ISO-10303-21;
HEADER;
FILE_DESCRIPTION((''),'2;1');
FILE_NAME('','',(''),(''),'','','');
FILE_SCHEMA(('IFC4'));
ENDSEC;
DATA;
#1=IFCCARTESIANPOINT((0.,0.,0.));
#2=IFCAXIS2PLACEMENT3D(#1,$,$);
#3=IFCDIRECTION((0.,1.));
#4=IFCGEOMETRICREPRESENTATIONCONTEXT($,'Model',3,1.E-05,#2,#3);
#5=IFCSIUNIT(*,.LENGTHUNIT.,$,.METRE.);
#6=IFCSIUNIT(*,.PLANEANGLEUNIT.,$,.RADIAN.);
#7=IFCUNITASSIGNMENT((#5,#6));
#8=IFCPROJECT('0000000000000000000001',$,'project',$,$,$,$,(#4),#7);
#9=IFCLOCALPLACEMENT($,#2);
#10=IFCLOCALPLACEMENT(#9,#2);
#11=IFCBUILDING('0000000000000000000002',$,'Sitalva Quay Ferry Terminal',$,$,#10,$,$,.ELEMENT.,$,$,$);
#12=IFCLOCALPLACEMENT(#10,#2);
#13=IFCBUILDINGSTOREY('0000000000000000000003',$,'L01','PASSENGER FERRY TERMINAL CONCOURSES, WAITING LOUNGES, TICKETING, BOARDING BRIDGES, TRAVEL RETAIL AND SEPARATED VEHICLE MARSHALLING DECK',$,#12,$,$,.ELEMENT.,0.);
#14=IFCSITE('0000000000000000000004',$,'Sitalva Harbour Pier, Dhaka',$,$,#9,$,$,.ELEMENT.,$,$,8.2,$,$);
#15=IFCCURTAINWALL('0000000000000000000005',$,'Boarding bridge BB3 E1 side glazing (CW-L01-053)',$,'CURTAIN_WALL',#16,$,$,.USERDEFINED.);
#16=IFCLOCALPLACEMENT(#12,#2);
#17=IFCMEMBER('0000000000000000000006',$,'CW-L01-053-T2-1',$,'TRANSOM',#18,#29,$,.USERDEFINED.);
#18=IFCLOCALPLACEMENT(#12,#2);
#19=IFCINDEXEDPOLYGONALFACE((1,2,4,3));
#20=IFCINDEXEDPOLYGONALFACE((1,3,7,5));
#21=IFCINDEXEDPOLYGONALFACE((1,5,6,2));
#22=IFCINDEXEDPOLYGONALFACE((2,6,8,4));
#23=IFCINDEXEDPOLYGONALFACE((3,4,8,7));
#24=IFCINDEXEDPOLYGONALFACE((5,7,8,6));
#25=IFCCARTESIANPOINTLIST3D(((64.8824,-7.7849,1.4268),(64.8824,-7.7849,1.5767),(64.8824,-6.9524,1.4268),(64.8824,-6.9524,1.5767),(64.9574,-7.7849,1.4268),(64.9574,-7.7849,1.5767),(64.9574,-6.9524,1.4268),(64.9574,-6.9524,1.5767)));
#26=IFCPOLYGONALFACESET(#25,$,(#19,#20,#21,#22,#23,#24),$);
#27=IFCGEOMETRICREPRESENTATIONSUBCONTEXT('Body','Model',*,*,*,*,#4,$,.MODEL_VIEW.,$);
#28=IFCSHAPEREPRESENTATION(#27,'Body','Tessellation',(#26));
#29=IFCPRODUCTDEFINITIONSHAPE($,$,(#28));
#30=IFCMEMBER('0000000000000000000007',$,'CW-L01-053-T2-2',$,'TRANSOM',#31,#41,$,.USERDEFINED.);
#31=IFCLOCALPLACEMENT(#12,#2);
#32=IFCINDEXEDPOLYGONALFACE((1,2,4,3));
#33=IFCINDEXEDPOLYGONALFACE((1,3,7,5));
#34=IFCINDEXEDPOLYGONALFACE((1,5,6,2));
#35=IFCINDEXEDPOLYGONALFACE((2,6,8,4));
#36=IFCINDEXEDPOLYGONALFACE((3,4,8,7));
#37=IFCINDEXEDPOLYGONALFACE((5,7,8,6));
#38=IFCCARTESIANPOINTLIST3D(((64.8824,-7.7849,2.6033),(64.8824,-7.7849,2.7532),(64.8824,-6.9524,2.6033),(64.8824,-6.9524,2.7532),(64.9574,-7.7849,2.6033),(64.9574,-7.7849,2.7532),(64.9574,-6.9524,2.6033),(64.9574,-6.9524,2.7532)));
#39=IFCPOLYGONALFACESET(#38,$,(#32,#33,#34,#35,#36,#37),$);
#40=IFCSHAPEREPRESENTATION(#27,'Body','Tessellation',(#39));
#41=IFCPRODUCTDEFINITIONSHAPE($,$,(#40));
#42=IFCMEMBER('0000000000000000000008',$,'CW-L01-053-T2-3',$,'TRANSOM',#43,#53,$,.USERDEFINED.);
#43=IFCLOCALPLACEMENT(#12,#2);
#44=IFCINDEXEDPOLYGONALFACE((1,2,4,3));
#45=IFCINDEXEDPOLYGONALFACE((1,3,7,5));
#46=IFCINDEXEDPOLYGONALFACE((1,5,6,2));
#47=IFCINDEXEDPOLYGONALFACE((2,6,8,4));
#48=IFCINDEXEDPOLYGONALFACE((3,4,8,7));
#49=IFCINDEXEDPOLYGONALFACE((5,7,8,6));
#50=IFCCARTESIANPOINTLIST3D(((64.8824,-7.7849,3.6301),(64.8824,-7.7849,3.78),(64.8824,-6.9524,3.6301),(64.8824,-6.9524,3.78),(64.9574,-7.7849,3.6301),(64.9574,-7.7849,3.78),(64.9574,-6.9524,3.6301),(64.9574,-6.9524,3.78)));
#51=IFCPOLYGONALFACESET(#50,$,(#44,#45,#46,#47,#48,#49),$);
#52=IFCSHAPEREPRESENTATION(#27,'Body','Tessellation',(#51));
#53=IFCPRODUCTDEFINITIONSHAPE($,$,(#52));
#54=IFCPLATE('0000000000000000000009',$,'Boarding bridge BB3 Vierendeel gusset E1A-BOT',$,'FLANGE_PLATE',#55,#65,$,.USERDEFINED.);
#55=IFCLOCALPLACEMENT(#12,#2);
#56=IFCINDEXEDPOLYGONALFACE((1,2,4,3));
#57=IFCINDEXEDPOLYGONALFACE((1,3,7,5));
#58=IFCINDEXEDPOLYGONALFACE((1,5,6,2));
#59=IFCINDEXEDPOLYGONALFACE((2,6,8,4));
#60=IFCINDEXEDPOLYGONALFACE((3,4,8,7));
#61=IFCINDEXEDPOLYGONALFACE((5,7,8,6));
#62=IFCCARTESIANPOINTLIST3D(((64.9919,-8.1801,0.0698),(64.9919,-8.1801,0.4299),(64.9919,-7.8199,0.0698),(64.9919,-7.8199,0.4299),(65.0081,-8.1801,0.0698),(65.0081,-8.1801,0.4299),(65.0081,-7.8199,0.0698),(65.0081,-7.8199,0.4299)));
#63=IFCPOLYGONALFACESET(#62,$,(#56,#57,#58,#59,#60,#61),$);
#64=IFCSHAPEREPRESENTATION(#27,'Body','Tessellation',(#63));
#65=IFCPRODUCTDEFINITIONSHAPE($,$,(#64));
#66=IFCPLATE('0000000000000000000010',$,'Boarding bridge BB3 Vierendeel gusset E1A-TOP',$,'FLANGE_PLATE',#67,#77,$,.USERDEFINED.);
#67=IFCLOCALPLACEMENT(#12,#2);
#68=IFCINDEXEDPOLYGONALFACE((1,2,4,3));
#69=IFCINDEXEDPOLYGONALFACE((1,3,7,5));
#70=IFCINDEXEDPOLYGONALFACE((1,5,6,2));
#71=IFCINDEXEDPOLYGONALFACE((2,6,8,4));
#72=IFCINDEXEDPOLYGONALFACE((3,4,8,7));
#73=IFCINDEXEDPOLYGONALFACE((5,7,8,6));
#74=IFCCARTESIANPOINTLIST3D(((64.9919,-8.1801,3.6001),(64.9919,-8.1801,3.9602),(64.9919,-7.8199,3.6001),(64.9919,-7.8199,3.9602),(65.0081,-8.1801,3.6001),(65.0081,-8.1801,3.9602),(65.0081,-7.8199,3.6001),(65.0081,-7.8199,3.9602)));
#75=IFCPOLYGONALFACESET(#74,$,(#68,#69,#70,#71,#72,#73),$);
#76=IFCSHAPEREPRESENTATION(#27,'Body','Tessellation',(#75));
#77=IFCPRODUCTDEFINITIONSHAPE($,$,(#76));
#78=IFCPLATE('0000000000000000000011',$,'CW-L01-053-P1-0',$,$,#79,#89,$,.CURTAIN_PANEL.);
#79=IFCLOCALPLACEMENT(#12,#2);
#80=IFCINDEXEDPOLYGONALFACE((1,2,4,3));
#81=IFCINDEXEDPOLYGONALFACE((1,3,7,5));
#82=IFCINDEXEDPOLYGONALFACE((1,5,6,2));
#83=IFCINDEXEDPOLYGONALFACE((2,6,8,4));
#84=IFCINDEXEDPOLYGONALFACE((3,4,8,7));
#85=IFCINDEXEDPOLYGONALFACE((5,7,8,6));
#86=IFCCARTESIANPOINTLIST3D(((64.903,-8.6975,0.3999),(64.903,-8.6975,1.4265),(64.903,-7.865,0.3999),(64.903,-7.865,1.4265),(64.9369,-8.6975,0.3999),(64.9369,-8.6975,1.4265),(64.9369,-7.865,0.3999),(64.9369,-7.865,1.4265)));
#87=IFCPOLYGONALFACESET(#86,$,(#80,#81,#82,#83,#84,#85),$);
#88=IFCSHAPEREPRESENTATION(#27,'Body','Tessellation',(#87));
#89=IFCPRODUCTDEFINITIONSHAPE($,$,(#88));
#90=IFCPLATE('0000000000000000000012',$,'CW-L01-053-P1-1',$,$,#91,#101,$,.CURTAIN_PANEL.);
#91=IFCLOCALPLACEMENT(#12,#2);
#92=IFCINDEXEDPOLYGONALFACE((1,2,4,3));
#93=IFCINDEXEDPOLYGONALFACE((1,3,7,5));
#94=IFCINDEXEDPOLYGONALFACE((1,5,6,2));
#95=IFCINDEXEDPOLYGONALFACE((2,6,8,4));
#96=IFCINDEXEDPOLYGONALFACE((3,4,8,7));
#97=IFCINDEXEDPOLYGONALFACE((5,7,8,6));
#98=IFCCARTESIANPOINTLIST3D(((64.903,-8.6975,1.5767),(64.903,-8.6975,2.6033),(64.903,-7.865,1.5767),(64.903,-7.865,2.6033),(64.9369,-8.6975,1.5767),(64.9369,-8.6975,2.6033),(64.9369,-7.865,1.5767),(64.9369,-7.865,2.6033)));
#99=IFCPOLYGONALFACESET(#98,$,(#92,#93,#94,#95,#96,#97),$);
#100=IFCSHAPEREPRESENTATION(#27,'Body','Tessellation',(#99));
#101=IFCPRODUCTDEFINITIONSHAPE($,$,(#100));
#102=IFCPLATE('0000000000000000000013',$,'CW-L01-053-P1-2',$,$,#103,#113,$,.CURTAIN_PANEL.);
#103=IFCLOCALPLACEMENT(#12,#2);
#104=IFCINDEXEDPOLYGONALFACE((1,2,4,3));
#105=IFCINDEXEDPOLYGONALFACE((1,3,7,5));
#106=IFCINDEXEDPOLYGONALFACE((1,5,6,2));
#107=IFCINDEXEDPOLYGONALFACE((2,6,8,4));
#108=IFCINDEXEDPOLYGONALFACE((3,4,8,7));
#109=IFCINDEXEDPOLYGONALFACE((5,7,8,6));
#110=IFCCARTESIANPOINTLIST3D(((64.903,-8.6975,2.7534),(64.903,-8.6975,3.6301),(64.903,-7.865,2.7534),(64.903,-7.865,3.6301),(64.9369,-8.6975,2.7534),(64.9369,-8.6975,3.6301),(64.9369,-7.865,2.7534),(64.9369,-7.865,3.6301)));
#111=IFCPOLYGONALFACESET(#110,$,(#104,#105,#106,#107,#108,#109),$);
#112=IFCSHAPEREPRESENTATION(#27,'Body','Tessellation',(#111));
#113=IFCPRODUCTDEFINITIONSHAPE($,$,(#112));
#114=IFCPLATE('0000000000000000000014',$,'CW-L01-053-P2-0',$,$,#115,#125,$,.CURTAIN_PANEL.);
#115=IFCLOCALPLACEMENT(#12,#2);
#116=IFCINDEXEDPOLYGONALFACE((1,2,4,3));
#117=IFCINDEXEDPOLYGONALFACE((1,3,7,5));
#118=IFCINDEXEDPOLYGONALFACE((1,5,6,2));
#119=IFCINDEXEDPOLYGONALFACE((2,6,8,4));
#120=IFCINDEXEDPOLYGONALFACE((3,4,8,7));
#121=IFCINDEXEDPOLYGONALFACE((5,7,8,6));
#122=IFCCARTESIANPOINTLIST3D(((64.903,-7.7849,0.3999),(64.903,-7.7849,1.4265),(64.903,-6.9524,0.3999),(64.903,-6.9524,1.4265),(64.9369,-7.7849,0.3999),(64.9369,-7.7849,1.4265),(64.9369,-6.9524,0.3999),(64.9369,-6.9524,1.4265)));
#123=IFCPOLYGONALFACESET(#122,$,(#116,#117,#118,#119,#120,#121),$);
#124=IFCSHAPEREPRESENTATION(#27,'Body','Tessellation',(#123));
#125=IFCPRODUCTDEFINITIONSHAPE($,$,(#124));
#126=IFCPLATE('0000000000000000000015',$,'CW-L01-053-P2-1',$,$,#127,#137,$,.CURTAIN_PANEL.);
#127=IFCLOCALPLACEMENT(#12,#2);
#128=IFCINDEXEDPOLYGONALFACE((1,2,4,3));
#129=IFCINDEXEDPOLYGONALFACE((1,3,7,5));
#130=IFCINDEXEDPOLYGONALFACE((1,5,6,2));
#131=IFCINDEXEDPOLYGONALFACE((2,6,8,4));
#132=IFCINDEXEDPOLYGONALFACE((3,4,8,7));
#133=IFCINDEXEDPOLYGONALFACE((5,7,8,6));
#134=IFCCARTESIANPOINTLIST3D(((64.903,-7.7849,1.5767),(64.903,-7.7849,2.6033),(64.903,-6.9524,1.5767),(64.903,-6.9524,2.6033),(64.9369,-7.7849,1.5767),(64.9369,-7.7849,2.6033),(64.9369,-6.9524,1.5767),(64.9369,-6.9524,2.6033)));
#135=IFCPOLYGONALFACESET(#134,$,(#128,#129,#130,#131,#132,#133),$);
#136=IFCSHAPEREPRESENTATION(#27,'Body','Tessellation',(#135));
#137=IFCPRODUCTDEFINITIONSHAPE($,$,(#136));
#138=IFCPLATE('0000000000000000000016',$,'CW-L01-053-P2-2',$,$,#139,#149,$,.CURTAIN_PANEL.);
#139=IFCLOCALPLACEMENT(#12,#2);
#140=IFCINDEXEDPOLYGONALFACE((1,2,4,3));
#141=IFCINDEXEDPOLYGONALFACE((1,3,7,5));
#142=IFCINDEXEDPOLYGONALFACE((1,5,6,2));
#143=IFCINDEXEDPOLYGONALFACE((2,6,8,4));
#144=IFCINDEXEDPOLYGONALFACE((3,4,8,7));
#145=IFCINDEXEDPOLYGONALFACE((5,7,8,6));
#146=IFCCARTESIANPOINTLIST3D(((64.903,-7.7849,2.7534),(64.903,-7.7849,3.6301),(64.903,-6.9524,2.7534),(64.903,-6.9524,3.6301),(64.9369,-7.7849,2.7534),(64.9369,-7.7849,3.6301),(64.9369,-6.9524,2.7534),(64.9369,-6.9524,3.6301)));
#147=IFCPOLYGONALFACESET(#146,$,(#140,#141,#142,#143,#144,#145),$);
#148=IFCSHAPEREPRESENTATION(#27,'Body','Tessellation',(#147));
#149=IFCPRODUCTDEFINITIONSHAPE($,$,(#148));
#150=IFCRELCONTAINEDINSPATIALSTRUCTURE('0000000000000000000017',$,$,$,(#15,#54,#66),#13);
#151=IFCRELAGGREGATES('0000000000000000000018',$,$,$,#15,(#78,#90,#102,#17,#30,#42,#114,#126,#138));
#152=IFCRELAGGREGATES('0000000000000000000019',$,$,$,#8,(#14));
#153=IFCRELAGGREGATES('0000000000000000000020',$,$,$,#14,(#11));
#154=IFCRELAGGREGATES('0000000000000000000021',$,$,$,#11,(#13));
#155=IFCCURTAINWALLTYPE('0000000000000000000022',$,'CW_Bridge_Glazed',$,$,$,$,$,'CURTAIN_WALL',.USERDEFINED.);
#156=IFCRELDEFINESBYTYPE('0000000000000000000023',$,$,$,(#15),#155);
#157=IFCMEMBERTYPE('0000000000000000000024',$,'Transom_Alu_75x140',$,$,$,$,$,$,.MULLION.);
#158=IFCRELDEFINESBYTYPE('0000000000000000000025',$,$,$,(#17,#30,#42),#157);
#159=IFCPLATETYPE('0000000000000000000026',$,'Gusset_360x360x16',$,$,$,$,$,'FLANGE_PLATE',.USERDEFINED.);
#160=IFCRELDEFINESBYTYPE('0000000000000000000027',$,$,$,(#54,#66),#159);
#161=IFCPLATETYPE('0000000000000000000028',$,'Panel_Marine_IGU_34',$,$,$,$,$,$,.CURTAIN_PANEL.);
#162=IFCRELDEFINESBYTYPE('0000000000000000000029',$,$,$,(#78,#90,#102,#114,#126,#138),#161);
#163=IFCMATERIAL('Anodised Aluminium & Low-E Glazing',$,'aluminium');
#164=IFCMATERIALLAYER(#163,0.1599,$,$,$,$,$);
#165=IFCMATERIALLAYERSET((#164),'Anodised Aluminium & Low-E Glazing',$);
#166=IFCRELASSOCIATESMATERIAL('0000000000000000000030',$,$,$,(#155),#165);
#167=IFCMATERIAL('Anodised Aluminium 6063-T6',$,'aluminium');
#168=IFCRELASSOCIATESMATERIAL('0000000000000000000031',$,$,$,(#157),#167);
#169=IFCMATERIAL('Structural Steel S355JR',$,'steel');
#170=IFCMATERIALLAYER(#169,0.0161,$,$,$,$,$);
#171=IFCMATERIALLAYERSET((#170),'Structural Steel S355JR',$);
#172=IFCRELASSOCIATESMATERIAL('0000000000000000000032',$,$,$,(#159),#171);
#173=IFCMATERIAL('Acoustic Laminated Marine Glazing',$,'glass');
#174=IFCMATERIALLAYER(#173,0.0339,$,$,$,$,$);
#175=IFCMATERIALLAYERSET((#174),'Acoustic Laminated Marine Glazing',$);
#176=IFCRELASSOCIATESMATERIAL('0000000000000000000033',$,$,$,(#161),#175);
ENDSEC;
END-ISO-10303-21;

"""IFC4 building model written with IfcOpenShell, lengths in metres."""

from ifc_helpers import new_model, si_unit, direction, frame, origin, origin_2d, place, context, subcontext, project, spatial, rectangle, extrude, material, layer, layer_set, material_profile, profile_set, type_object, element, aggregate, save


model = new_model("IFC4")

# Units and contexts
model_context = context("Model", 3, precision=1e-05, world=origin(), true_north=direction((0.0, 1.0)))
body_context = subcontext(model_context, "Body", "Model", "MODEL_VIEW")
ifc_project = project(units=[si_unit("LENGTHUNIT", "METRE"), si_unit("PLANEANGLEUNIT", "RADIAN")], contexts=[model_context])

# Site, building, storey
site_placement = place(None, origin())
site = spatial("IfcSite", under=ifc_project, at=site_placement, Name="Sitalva Harbour Pier, Dhaka", CompositionType="ELEMENT", RefElevation=8.2)
building_placement = place(site_placement, origin())
building = spatial("IfcBuilding", under=site, at=building_placement, Name="Sitalva Quay Ferry Terminal", CompositionType="ELEMENT")
storey_placement = place(building_placement, origin())
storey = spatial("IfcBuildingStorey", under=building, at=storey_placement, Name="L01", Description="PASSENGER FERRY TERMINAL CONCOURSES, WAITING LOUNGES, TICKETING, BOARDING BRIDGES, TRAVEL RETAIL AND SEPARATED VEHICLE MARSHALLING DECK", CompositionType="ELEMENT", Elevation=0.0)

# Curtain wall, members
ifc_material_1 = material(Name="Anodised Aluminium & Low-E Glazing", Category="aluminium")
ifc_layer_1 = layer(ifc_material_1, 0.1599)
ifc_layer_set_1 = layer_set([ifc_layer_1], Name="Anodised Aluminium & Low-E Glazing")
curtain_wall_type = type_object("IfcCurtainWallType", Name="CW_Bridge_Glazed", ElementType="CURTAIN_WALL", PredefinedType="USERDEFINED", material=ifc_layer_set_1)
curtain_wall_placement = place(storey_placement, origin())
curtain_wall = element("IfcCurtainWall", 1, at=curtain_wall_placement, inside=storey, type_object=curtain_wall_type, Name="Boarding bridge BB3 E1 side glazing (CW-L01-053)", ObjectType="CURTAIN_WALL", PredefinedType="USERDEFINED")
ifc_material_2 = material(Name="Anodised Aluminium 6063-T6", Category="aluminium")
ifc_material_profile_1 = material_profile(ifc_material_2, rectangle(XDim=0.075, YDim=0.1499, at=origin_2d()), Name="ALU75x150")
ifc_profile_set_1 = profile_set([ifc_material_profile_1], Name="Anodised Aluminium 6063-T6")
member_type_1 = type_object("IfcMemberType", Name="Transom_Alu_75x140", PredefinedType="MULLION", material=ifc_profile_set_1)
member_1_placement = place(storey_placement, frame((64.9199, -7.7849, 1.5017), z_axis=(0.0, 1.0, 0.0), x_axis=(-1.0, 0.0, 0.0)))
member_1 = element("IfcMember", 2, at=member_1_placement, type_object=member_type_1, Name="CW-L01-053-T2-1", ObjectType="TRANSOM", PredefinedType="USERDEFINED", context=body_context, shape_type="SweptSolid", body=[
    extrude(rectangle(XDim=0.075, YDim=0.1499, at=origin_2d()), origin(), (0.0, 0.0, 1.0), 0.8325),
])
member_2_placement = place(storey_placement, frame((64.9199, -7.7849, 2.6782), z_axis=(0.0, 1.0, 0.0), x_axis=(-1.0, 0.0, 0.0)))
member_2 = element("IfcMember", 3, at=member_2_placement, type_object=member_type_1, Name="CW-L01-053-T2-2", ObjectType="TRANSOM", PredefinedType="USERDEFINED", context=body_context, shape_type="SweptSolid", body=[
    extrude(rectangle(XDim=0.075, YDim=0.1499, at=origin_2d()), origin(), (0.0, 0.0, 1.0), 0.8325),
])
member_3_placement = place(storey_placement, frame((64.9199, -7.7849, 3.7051), z_axis=(0.0, 1.0, 0.0), x_axis=(-1.0, 0.0, 0.0)))
member_3 = element("IfcMember", 4, at=member_3_placement, type_object=member_type_1, Name="CW-L01-053-T2-3", ObjectType="TRANSOM", PredefinedType="USERDEFINED", context=body_context, shape_type="SweptSolid", body=[
    extrude(rectangle(XDim=0.075, YDim=0.1499, at=origin_2d()), origin(), (0.0, 0.0, 1.0), 0.8325),
])

# Plates
ifc_material_3 = material(Name="Structural Steel S355JR", Category="steel")
ifc_layer_2 = layer(ifc_material_3, 0.0161)
ifc_layer_set_2 = layer_set([ifc_layer_2], Name="Structural Steel S355JR")
plate_type_1 = type_object("IfcPlateType", Name="Gusset_360x360x16", ElementType="FLANGE_PLATE", PredefinedType="USERDEFINED", material=ifc_layer_set_2)
for number, where, z_axis, x_axis, name in (
    (5, (65.0, -8.0, 0.0698), (0.0, 0.0, 1.0), (1.0, 0.0, 0.0), "Boarding bridge BB3 Vierendeel gusset E1A-BOT"),
    (6, (65.0, -8.0, 3.6001), (0.0, 0.0, 1.0), (1.0, 0.0, 0.0), "Boarding bridge BB3 Vierendeel gusset E1A-TOP"),
):
    element("IfcPlate", number, at=place(storey_placement, frame(where, z_axis=z_axis, x_axis=x_axis)), inside=storey, type_object=plate_type_1, Name=name, ObjectType="FLANGE_PLATE", PredefinedType="USERDEFINED", context=body_context, shape_type="SweptSolid", body=[
        extrude(rectangle(XDim=0.0161, YDim=0.3601, at=origin_2d()), origin(), (0.0, 0.0, 1.0), 0.3601),
    ])

# Plates
ifc_material_4 = material(Name="Acoustic Laminated Marine Glazing", Category="glass")
ifc_layer_3 = layer(ifc_material_4, 0.0339)
ifc_layer_set_3 = layer_set([ifc_layer_3], Name="Acoustic Laminated Marine Glazing")
plate_type_2 = type_object("IfcPlateType", Name="Panel_Marine_IGU_34", PredefinedType="CURTAIN_PANEL", material=ifc_layer_set_3)
plate_1_placement = place(storey_placement, frame((64.9199, -8.2812, 0.3999), z_axis=(0.0, 0.0, 1.0), x_axis=(0.0, 1.0, 0.0)))
plate_1 = element("IfcPlate", 7, at=plate_1_placement, type_object=plate_type_2, Name="CW-L01-053-P1-0", PredefinedType="CURTAIN_PANEL", context=body_context, shape_type="SweptSolid", body=[
    extrude(rectangle(XDim=0.8325, YDim=0.0339, at=origin_2d()), origin(), (0.0, 0.0, 1.0), 1.0266),
])
plate_2_placement = place(storey_placement, frame((64.9199, -8.2812, 1.5767), z_axis=(0.0, 0.0, 1.0), x_axis=(0.0, 1.0, 0.0)))
plate_2 = element("IfcPlate", 8, at=plate_2_placement, type_object=plate_type_2, Name="CW-L01-053-P1-1", PredefinedType="CURTAIN_PANEL", context=body_context, shape_type="SweptSolid", body=[
    extrude(rectangle(XDim=0.8325, YDim=0.0339, at=origin_2d()), origin(), (0.0, 0.0, 1.0), 1.0266),
])
plate_3_placement = place(storey_placement, frame((64.9199, -8.2812, 2.7534), z_axis=(0.0, 0.0, 1.0), x_axis=(0.0, 1.0, 0.0)))
plate_3 = element("IfcPlate", 9, at=plate_3_placement, type_object=plate_type_2, Name="CW-L01-053-P1-2", PredefinedType="CURTAIN_PANEL", context=body_context, shape_type="SweptSolid", body=[
    extrude(rectangle(XDim=0.8325, YDim=0.0339, at=origin_2d()), origin(), (0.0, 0.0, 1.0), 0.8767),
])
plate_4_placement = place(storey_placement, frame((64.9199, -7.3687, 0.3999), z_axis=(0.0, 0.0, 1.0), x_axis=(0.0, 1.0, 0.0)))
plate_4 = element("IfcPlate", 10, at=plate_4_placement, type_object=plate_type_2, Name="CW-L01-053-P2-0", PredefinedType="CURTAIN_PANEL", context=body_context, shape_type="SweptSolid", body=[
    extrude(rectangle(XDim=0.8325, YDim=0.0339, at=origin_2d()), origin(), (0.0, 0.0, 1.0), 1.0266),
])
plate_5_placement = place(storey_placement, frame((64.9199, -7.3687, 1.5767), z_axis=(0.0, 0.0, 1.0), x_axis=(0.0, 1.0, 0.0)))
plate_5 = element("IfcPlate", 11, at=plate_5_placement, type_object=plate_type_2, Name="CW-L01-053-P2-1", PredefinedType="CURTAIN_PANEL", context=body_context, shape_type="SweptSolid", body=[
    extrude(rectangle(XDim=0.8325, YDim=0.0339, at=origin_2d()), origin(), (0.0, 0.0, 1.0), 1.0266),
])
plate_6_placement = place(storey_placement, frame((64.9199, -7.3687, 2.7534), z_axis=(0.0, 0.0, 1.0), x_axis=(0.0, 1.0, 0.0)))
plate_6 = element("IfcPlate", 12, at=plate_6_placement, type_object=plate_type_2, Name="CW-L01-053-P2-2", PredefinedType="CURTAIN_PANEL", context=body_context, shape_type="SweptSolid", body=[
    extrude(rectangle(XDim=0.8325, YDim=0.0339, at=origin_2d()), origin(), (0.0, 0.0, 1.0), 0.8767),
])
aggregate(curtain_wall, [plate_1, plate_2, plate_3, member_1, member_2, member_3, plate_4, plate_5, plate_6])

save(model, "model.ifc")
